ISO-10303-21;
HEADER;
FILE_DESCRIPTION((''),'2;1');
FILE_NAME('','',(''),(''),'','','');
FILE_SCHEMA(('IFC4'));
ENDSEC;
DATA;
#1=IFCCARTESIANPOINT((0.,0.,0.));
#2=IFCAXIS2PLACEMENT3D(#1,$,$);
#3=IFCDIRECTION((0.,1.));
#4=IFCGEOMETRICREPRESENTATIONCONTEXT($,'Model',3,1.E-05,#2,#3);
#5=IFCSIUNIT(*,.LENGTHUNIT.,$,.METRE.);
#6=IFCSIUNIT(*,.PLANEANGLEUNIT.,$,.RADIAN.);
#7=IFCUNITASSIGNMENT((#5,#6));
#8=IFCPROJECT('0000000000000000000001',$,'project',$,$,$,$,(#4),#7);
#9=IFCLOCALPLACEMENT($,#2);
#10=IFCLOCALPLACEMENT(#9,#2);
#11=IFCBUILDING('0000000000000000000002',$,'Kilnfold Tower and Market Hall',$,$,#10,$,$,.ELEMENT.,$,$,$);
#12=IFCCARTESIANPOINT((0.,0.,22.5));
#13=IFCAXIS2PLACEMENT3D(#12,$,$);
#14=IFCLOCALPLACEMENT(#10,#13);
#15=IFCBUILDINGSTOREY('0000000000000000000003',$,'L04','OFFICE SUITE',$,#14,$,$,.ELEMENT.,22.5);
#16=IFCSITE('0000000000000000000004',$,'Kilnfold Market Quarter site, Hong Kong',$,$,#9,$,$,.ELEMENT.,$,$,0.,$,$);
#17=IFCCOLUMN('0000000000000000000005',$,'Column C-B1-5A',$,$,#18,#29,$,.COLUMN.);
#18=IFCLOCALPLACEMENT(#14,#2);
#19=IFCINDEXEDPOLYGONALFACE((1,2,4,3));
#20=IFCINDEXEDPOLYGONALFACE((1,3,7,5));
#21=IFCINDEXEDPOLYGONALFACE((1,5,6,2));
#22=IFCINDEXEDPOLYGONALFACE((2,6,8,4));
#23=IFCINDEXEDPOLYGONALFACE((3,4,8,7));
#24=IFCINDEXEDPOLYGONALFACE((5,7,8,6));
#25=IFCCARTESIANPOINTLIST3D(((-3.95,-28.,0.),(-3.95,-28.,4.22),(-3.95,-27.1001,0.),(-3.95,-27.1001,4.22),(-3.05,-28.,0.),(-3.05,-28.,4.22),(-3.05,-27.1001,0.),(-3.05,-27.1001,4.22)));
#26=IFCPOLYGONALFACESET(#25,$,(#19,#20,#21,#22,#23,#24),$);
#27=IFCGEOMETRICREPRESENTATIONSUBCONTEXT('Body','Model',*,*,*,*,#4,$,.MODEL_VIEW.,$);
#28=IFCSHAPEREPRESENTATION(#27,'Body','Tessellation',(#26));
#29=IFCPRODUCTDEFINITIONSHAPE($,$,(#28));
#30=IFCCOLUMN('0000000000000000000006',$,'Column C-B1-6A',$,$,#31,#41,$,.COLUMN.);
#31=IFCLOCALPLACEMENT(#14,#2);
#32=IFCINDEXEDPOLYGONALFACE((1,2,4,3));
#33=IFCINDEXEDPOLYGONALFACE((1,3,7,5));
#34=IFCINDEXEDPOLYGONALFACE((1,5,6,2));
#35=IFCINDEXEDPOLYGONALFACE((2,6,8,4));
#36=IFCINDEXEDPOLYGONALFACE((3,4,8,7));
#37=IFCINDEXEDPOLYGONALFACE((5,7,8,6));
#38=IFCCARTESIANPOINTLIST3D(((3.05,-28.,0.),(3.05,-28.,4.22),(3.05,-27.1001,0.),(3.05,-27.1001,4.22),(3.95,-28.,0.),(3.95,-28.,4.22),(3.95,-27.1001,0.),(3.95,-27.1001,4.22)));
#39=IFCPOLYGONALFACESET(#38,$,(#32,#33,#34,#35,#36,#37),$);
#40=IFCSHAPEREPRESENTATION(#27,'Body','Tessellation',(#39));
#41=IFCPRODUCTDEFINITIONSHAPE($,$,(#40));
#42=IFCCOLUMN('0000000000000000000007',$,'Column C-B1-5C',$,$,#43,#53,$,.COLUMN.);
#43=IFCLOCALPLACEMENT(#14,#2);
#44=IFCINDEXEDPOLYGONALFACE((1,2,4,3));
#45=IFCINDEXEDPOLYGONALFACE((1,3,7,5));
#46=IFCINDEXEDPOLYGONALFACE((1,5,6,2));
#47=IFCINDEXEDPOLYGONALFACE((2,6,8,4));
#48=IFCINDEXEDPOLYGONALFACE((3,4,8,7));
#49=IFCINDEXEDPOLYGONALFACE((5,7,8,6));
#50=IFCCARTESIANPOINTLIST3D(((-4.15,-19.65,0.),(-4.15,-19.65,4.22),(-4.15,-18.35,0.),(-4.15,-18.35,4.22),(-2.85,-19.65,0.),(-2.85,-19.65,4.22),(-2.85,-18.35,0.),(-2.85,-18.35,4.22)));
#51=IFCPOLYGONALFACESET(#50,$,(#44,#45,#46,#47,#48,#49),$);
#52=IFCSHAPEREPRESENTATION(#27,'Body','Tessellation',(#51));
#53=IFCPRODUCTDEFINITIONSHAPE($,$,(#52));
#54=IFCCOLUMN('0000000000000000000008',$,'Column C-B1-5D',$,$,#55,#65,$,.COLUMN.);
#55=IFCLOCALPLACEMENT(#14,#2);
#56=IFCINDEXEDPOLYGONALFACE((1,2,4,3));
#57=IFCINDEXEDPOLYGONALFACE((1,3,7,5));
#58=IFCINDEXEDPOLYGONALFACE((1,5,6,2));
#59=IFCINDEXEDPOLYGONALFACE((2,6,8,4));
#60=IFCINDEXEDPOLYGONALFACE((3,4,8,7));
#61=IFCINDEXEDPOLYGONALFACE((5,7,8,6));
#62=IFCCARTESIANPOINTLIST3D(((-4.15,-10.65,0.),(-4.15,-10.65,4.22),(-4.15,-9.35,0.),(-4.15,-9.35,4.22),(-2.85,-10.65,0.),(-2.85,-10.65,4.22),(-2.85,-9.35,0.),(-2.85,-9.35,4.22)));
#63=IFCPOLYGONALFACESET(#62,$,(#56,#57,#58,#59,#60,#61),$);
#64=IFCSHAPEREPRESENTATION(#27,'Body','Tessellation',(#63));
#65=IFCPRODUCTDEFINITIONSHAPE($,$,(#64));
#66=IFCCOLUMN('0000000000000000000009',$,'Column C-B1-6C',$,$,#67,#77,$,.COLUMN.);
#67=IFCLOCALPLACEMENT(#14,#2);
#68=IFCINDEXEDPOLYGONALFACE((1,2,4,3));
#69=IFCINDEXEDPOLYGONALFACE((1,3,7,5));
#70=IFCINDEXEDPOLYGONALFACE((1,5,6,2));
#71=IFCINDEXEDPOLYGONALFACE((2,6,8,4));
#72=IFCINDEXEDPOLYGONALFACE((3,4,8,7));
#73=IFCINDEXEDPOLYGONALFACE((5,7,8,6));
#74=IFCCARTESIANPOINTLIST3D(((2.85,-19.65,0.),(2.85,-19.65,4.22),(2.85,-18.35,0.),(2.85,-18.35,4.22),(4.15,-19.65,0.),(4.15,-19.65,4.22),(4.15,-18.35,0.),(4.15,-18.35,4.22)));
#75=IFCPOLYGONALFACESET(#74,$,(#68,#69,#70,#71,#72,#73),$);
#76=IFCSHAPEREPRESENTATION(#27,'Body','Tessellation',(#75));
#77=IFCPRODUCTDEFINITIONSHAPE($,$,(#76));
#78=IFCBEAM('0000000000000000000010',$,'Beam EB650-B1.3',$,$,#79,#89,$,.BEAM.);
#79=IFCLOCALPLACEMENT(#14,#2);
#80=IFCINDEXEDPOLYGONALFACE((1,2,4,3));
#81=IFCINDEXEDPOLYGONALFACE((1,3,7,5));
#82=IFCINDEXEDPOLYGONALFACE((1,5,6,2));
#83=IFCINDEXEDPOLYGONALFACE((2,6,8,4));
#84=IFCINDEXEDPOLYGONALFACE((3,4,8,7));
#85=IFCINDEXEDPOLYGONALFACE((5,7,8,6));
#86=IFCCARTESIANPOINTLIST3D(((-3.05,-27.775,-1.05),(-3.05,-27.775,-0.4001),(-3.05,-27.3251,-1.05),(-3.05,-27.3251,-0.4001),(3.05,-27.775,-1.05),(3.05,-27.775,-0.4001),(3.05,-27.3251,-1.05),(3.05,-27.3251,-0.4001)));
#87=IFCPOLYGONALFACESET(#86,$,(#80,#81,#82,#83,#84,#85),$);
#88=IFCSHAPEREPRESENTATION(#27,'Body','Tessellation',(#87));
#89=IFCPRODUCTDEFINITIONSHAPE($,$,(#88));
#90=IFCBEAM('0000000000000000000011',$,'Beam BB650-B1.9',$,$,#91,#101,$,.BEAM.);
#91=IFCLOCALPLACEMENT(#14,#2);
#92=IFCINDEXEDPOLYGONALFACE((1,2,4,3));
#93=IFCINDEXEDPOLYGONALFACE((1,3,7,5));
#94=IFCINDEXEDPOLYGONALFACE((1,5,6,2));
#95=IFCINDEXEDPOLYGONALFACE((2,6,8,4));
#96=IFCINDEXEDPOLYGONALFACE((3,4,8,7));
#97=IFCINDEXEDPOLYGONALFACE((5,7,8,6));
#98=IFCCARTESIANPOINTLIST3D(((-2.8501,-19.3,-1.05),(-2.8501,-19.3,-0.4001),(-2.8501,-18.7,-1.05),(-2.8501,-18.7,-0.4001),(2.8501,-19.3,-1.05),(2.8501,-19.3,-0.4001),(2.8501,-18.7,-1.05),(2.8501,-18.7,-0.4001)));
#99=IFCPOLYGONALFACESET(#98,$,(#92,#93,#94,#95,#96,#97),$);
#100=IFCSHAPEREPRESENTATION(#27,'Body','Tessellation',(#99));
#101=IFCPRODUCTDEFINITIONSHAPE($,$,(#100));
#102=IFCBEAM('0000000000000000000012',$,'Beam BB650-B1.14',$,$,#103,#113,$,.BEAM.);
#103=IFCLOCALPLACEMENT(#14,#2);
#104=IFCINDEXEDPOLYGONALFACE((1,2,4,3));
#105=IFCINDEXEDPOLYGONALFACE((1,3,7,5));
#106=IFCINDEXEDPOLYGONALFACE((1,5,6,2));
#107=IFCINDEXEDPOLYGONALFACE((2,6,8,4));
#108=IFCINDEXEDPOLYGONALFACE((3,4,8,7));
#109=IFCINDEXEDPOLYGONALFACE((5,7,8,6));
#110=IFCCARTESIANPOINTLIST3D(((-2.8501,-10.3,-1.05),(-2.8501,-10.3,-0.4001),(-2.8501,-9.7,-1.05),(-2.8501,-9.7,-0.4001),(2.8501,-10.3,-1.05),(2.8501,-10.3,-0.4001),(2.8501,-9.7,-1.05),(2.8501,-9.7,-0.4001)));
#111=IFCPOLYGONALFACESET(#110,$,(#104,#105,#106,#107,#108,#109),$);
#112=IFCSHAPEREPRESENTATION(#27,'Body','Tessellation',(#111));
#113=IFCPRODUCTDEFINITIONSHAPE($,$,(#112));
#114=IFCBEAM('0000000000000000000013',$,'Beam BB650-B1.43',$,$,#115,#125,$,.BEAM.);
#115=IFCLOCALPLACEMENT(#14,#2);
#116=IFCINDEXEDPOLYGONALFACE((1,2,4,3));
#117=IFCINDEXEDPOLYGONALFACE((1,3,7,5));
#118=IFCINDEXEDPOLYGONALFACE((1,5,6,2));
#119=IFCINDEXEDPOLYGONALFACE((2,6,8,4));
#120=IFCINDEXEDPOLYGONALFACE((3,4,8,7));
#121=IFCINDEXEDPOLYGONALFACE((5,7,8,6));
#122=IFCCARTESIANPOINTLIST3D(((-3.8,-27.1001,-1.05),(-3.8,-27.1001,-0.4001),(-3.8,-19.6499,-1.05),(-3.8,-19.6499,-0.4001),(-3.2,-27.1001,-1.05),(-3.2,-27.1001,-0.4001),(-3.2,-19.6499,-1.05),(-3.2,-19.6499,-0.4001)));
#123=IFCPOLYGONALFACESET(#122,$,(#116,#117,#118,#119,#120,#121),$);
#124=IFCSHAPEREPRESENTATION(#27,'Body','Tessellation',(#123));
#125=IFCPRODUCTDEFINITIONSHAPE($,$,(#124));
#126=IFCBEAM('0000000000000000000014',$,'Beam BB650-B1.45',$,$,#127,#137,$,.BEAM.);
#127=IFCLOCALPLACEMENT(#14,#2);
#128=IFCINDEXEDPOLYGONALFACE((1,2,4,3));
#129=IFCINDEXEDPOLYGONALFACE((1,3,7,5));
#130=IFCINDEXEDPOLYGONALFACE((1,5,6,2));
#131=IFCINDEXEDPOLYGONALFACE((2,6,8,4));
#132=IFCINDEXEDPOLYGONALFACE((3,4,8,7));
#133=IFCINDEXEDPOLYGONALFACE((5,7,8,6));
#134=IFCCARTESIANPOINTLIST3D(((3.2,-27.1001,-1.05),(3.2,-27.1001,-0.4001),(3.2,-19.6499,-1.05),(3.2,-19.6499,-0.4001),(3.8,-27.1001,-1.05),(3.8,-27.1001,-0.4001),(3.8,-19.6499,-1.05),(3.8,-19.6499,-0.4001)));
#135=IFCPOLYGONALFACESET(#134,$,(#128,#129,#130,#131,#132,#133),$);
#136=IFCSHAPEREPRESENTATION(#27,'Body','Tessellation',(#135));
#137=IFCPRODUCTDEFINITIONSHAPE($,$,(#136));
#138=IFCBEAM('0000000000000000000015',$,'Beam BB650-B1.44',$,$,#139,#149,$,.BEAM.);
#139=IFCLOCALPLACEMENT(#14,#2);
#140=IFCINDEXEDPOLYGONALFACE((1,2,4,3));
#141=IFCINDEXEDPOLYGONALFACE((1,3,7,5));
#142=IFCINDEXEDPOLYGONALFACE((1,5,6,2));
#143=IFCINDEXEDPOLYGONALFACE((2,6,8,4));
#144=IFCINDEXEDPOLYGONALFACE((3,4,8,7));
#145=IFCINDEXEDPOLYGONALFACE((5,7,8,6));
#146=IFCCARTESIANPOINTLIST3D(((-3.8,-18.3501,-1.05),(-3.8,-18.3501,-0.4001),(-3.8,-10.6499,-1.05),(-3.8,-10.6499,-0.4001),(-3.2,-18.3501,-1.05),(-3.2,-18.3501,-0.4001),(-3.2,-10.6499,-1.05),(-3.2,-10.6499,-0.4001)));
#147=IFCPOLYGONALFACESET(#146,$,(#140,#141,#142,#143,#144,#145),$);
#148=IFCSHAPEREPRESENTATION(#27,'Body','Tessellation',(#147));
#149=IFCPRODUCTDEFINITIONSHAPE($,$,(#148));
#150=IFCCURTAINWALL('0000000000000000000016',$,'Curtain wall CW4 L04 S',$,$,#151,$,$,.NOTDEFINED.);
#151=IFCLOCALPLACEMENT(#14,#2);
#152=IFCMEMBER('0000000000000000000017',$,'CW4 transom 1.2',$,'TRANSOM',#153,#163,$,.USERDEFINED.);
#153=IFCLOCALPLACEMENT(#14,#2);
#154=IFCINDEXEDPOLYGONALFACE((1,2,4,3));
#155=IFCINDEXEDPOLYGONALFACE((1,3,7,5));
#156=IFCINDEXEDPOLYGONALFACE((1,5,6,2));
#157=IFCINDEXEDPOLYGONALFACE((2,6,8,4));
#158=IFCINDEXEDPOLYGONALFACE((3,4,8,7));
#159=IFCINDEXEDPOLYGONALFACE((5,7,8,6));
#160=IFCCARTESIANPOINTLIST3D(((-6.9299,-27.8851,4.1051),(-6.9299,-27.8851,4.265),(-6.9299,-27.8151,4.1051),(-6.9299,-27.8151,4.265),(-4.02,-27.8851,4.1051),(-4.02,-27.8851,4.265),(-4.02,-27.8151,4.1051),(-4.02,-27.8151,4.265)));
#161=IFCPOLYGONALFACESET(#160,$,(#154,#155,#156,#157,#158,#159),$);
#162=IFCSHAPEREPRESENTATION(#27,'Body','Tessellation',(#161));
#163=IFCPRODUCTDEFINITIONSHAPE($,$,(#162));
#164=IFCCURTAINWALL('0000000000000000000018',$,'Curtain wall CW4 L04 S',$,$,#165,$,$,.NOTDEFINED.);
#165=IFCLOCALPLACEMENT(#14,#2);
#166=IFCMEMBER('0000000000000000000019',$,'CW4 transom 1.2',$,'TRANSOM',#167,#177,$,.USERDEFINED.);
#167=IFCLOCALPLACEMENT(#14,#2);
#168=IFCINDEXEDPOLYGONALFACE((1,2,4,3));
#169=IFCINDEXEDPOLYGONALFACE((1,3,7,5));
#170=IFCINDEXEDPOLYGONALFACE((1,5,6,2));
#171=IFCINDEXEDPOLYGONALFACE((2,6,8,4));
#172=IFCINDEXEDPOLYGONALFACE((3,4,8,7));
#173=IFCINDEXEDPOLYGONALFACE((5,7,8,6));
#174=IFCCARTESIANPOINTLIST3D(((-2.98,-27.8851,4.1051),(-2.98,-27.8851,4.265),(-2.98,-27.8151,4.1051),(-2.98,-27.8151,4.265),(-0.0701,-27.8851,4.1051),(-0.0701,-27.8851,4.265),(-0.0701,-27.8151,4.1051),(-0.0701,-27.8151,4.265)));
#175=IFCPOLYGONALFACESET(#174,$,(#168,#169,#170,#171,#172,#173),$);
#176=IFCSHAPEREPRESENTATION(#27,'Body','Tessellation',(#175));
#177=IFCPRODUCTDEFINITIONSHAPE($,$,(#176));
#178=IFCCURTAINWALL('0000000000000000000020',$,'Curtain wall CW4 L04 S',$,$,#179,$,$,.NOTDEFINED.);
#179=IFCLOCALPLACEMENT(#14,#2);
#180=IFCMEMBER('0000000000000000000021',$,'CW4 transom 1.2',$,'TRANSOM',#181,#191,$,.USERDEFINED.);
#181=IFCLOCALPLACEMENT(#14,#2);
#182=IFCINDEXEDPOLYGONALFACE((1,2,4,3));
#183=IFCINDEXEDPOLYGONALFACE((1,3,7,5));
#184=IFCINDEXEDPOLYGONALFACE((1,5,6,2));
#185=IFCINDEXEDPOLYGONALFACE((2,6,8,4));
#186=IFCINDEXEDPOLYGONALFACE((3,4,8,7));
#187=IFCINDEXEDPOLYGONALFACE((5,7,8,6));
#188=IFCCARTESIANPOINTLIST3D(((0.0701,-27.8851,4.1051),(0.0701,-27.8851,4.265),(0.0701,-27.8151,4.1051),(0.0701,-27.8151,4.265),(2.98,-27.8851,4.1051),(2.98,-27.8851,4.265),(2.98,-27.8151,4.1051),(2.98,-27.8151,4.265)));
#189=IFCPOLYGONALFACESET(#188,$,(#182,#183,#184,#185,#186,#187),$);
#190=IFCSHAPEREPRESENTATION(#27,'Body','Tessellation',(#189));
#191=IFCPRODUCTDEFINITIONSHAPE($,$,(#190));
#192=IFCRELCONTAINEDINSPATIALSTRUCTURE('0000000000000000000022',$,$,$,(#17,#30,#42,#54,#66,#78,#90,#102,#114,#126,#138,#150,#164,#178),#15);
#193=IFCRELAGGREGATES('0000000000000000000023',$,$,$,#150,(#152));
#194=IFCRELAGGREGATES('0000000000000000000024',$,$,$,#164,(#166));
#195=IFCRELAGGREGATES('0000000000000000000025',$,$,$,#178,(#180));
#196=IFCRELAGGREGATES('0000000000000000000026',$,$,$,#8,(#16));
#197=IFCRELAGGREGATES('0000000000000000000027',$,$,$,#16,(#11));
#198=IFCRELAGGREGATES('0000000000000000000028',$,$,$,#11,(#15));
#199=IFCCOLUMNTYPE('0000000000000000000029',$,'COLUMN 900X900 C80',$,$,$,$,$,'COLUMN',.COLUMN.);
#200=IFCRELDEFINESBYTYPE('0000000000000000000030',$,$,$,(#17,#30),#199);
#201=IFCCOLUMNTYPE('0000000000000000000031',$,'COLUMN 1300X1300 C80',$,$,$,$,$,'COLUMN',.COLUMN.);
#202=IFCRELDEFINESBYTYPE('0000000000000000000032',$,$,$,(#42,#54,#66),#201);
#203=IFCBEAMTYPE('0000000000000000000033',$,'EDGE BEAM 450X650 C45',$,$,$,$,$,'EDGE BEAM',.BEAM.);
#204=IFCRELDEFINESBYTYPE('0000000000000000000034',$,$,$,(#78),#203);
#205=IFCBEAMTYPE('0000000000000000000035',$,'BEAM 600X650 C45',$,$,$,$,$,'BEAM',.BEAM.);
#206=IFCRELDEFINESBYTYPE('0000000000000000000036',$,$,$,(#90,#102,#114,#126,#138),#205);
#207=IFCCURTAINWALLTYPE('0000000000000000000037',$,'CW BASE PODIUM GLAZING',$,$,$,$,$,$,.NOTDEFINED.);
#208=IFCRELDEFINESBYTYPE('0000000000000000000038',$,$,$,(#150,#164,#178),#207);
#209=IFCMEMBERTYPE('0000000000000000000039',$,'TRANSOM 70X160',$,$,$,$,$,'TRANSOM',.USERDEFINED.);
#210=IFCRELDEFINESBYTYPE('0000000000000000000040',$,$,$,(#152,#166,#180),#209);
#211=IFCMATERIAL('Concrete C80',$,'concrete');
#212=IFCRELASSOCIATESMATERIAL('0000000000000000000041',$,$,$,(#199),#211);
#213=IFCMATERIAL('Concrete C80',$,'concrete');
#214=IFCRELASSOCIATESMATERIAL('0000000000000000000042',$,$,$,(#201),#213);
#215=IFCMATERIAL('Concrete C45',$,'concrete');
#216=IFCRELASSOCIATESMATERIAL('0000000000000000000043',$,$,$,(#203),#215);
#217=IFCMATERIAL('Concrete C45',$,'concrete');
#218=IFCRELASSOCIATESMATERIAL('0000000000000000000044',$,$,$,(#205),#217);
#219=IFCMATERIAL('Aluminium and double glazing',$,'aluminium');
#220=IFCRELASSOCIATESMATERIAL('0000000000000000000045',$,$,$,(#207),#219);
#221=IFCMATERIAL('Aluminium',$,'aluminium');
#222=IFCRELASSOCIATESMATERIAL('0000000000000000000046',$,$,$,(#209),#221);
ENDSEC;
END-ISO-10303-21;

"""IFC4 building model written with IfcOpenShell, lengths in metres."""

from ifc_helpers import new_model, si_unit, direction, frame, origin, origin_2d, place, context, subcontext, project, spatial, rectangle, extrude, source, transform, mapped, material, material_profile, profile_set, type_object, element, aggregate, save


model = new_model("IFC4")

# Units and contexts
model_context = context("Model", 3, precision=1e-05, world=origin(), true_north=direction((0.0, 1.0)))
body_context = subcontext(model_context, "Body", "Model", "MODEL_VIEW")
ifc_project = project(units=[si_unit("LENGTHUNIT", "METRE"), si_unit("PLANEANGLEUNIT", "RADIAN")], contexts=[model_context])

# Site, building, storey
site_placement = place(None, origin())
site = spatial("IfcSite", under=ifc_project, at=site_placement, Name="Kilnfold Market Quarter site, Hong Kong", CompositionType="ELEMENT", RefElevation=0.0)
building_placement = place(site_placement, origin())
building = spatial("IfcBuilding", under=site, at=building_placement, Name="Kilnfold Tower and Market Hall", CompositionType="ELEMENT")
storey_placement = place(building_placement, frame((0.0, 0.0, 22.5)))
storey = spatial("IfcBuildingStorey", under=building, at=storey_placement, Name="L04", Description="OFFICE SUITE", CompositionType="ELEMENT", Elevation=22.5)

# Columns
ifc_material_1 = material(Name="Concrete C80", Category="concrete")
ifc_material_profile_1 = material_profile(ifc_material_1, rectangle(XDim=0.8999, YDim=0.8999, at=origin_2d()), Name="RC 900x900")
ifc_profile_set_1 = profile_set([ifc_material_profile_1], Name="Concrete C80")
column_type_1 = type_object("IfcColumnType", Name="COLUMN 900X900 C80", ElementType="COLUMN", PredefinedType="COLUMN", material=ifc_profile_set_1)
shared_shape_1 = source(origin(), body_context, "Body", "SweptSolid", [
    extrude(rectangle(XDim=0.8999, YDim=0.8999, at=origin_2d()), origin(), (0.0, 0.0, 1.0), 4.22),
])
for number, where, z_axis, x_axis, name in (
    (1, (-3.5, -27.55, 0.0), (0.0, 0.0, 1.0), (1.0, 0.0, 0.0), "Column C-B1-5A"),
    (2, (3.5, -27.55, 0.0), (0.0, 0.0, 1.0), (1.0, 0.0, 0.0), "Column C-B1-6A"),
):
    element("IfcColumn", number, at=place(storey_placement, frame(where, z_axis=z_axis, x_axis=x_axis)), inside=storey, type_object=column_type_1, Name=name, PredefinedType="COLUMN", context=body_context, shape_type="MappedRepresentation", body=[
        mapped(shared_shape_1, transform((0.0, 0.0, 0.0))),
    ])
ifc_material_2 = material(Name="Concrete C80", Category="concrete")
ifc_material_profile_2 = material_profile(ifc_material_2, rectangle(XDim=1.3, YDim=1.3, at=origin_2d()), Name="RC 1300x1300")
ifc_profile_set_2 = profile_set([ifc_material_profile_2], Name="Concrete C80")
column_type_2 = type_object("IfcColumnType", Name="COLUMN 1300X1300 C80", ElementType="COLUMN", PredefinedType="COLUMN", material=ifc_profile_set_2)
shared_shape_2 = source(origin(), body_context, "Body", "SweptSolid", [
    extrude(rectangle(XDim=1.3, YDim=1.3, at=origin_2d()), origin(), (0.0, 0.0, 1.0), 4.22),
])
for number, where, z_axis, x_axis, name in (
    (3, (-3.5, -19.0, 0.0), (0.0, 0.0, 1.0), (1.0, 0.0, 0.0), "Column C-B1-5C"),
    (4, (-3.5, -10.0, 0.0), (0.0, 0.0, 1.0), (1.0, 0.0, 0.0), "Column C-B1-5D"),
    (5, (3.5, -19.0, 0.0), (0.0, 0.0, 1.0), (1.0, 0.0, 0.0), "Column C-B1-6C"),
):
    element("IfcColumn", number, at=place(storey_placement, frame(where, z_axis=z_axis, x_axis=x_axis)), inside=storey, type_object=column_type_2, Name=name, PredefinedType="COLUMN", context=body_context, shape_type="MappedRepresentation", body=[
        mapped(shared_shape_2, transform((0.0, 0.0, 0.0))),
    ])

# Beams
ifc_material_3 = material(Name="Concrete C45", Category="concrete")
ifc_material_profile_3 = material_profile(ifc_material_3, rectangle(XDim=0.45, YDim=0.6499, at=origin_2d()), Name="RC 450x650")
ifc_profile_set_3 = profile_set([ifc_material_profile_3], Name="Concrete C45")
beam_type_1 = type_object("IfcBeamType", Name="EDGE BEAM 450X650 C45", ElementType="EDGE BEAM", PredefinedType="BEAM", material=ifc_profile_set_3)
shared_shape_3 = source(origin(), body_context, "Body", "SweptSolid", [
    extrude(rectangle(XDim=0.45, YDim=0.6499, at=origin_2d()), origin(), (0.0, 0.0, 1.0), 6.1001),
])
beam_1_placement = place(storey_placement, frame((-3.05, -27.55, -0.7251), z_axis=(1.0, 0.0, 0.0), x_axis=(0.0, 1.0, 0.0)))
element("IfcBeam", 6, at=beam_1_placement, inside=storey, type_object=beam_type_1, Name="Beam EB650-B1.3", PredefinedType="BEAM", context=body_context, shape_type="MappedRepresentation", body=[
    mapped(shared_shape_3, transform((0.0, 0.0, 0.0))),
])
ifc_material_4 = material(Name="Concrete C45", Category="concrete")
ifc_material_profile_4 = material_profile(ifc_material_4, rectangle(XDim=0.6001, YDim=0.6499, at=origin_2d()), Name="RC 600x650")
ifc_profile_set_4 = profile_set([ifc_material_profile_4], Name="Concrete C45")
beam_type_2 = type_object("IfcBeamType", Name="BEAM 600X650 C45", ElementType="BEAM", PredefinedType="BEAM", material=ifc_profile_set_4)
shared_shape_4 = source(origin(), body_context, "Body", "SweptSolid", [
    extrude(rectangle(XDim=0.6001, YDim=0.6499, at=origin_2d()), origin(), (0.0, 0.0, 1.0), 5.7002),
])
for number, where, z_axis, x_axis, name in (
    (7, (-2.8501, -19.0, -0.7251), (1.0, 0.0, 0.0), (0.0, 1.0, 0.0), "Beam BB650-B1.9"),
    (8, (-2.8501, -10.0, -0.7251), (1.0, 0.0, 0.0), (0.0, 1.0, 0.0), "Beam BB650-B1.14"),
):
    element("IfcBeam", number, at=place(storey_placement, frame(where, z_axis=z_axis, x_axis=x_axis)), inside=storey, type_object=beam_type_2, Name=name, PredefinedType="BEAM", context=body_context, shape_type="MappedRepresentation", body=[
        mapped(shared_shape_4, transform((0.0, 0.0, 0.0))),
    ])
shared_shape_5 = source(origin(), body_context, "Body", "SweptSolid", [
    extrude(rectangle(XDim=0.6001, YDim=0.6499, at=origin_2d()), origin(), (0.0, 0.0, 1.0), 7.4502),
])
for number, where, z_axis, x_axis, name in (
    (9, (-3.5, -27.1001, -0.7251), (0.0, 1.0, 0.0), (-1.0, 0.0, 0.0), "Beam BB650-B1.43"),
    (10, (3.5, -27.1001, -0.7251), (0.0, 1.0, 0.0), (-1.0, 0.0, 0.0), "Beam BB650-B1.45"),
):
    element("IfcBeam", number, at=place(storey_placement, frame(where, z_axis=z_axis, x_axis=x_axis)), inside=storey, type_object=beam_type_2, Name=name, PredefinedType="BEAM", context=body_context, shape_type="MappedRepresentation", body=[
        mapped(shared_shape_5, transform((0.0, 0.0, 0.0))),
    ])
shared_shape_6 = source(origin(), body_context, "Body", "SweptSolid", [
    extrude(rectangle(XDim=0.6001, YDim=0.6499, at=origin_2d()), origin(), (0.0, 0.0, 1.0), 7.7002),
])
beam_2_placement = place(storey_placement, frame((-3.5, -18.3501, -0.7251), z_axis=(0.0, 1.0, 0.0), x_axis=(-1.0, 0.0, 0.0)))
element("IfcBeam", 11, at=beam_2_placement, inside=storey, type_object=beam_type_2, Name="Beam BB650-B1.44", PredefinedType="BEAM", context=body_context, shape_type="MappedRepresentation", body=[
    mapped(shared_shape_6, transform((0.0, 0.0, 0.0))),
])

# Curtain walls, members
ifc_material_5 = material(Name="Aluminium and double glazing", Category="aluminium")
curtain_wall_type = type_object("IfcCurtainWallType", Name="CW BASE PODIUM GLAZING", PredefinedType="NOTDEFINED", material=ifc_material_5)
curtain_wall_1_placement = place(storey_placement, origin())
curtain_wall_1 = element("IfcCurtainWall", 12, at=curtain_wall_1_placement, inside=storey, type_object=curtain_wall_type, Name="Curtain wall CW4 L04 S", PredefinedType="NOTDEFINED")
ifc_material_6 = material(Name="Aluminium", Category="aluminium")
ifc_material_profile_5 = material_profile(ifc_material_6, rectangle(XDim=0.0701, YDim=0.1599, at=origin_2d()), Name="TRANSOM 70x160")
ifc_profile_set_5 = profile_set([ifc_material_profile_5], Name="Aluminium")
member_type_1 = type_object("IfcMemberType", Name="TRANSOM 70X160", ElementType="TRANSOM", PredefinedType="USERDEFINED", material=ifc_profile_set_5)
shared_shape_7 = source(origin(), body_context, "Body", "SweptSolid", [
    extrude(rectangle(XDim=0.0701, YDim=0.1599, at=origin_2d()), origin(), (0.0, 0.0, 1.0), 2.9099),
])
member_1_placement = place(storey_placement, frame((-6.9299, -27.8501, 4.1851), z_axis=(1.0, 0.0, 0.0), x_axis=(0.0, 1.0, 0.0)))
member_1 = element("IfcMember", 13, at=member_1_placement, type_object=member_type_1, Name="CW4 transom 1.2", ObjectType="TRANSOM", PredefinedType="USERDEFINED", context=body_context, shape_type="MappedRepresentation", body=[
    mapped(shared_shape_7, transform((0.0, 0.0, 0.0))),
])
curtain_wall_2_placement = place(storey_placement, origin())
curtain_wall_2 = element("IfcCurtainWall", 14, at=curtain_wall_2_placement, inside=storey, type_object=curtain_wall_type, Name="Curtain wall CW4 L04 S", PredefinedType="NOTDEFINED")
member_2_placement = place(storey_placement, frame((-2.98, -27.8501, 4.1851), z_axis=(1.0, 0.0, 0.0), x_axis=(0.0, 1.0, 0.0)))
member_2 = element("IfcMember", 15, at=member_2_placement, type_object=member_type_1, Name="CW4 transom 1.2", ObjectType="TRANSOM", PredefinedType="USERDEFINED", context=body_context, shape_type="MappedRepresentation", body=[
    mapped(shared_shape_7, transform((0.0, 0.0, 0.0))),
])
curtain_wall_3_placement = place(storey_placement, origin())
curtain_wall_3 = element("IfcCurtainWall", 16, at=curtain_wall_3_placement, inside=storey, type_object=curtain_wall_type, Name="Curtain wall CW4 L04 S", PredefinedType="NOTDEFINED")
member_3_placement = place(storey_placement, frame((0.0701, -27.8501, 4.1851), z_axis=(1.0, 0.0, 0.0), x_axis=(0.0, 1.0, 0.0)))
member_3 = element("IfcMember", 17, at=member_3_placement, type_object=member_type_1, Name="CW4 transom 1.2", ObjectType="TRANSOM", PredefinedType="USERDEFINED", context=body_context, shape_type="MappedRepresentation", body=[
    mapped(shared_shape_7, transform((0.0, 0.0, 0.0))),
])

aggregate(curtain_wall_1, [member_1])
aggregate(curtain_wall_2, [member_2])
aggregate(curtain_wall_3, [member_3])

save(model, "model.ifc")
